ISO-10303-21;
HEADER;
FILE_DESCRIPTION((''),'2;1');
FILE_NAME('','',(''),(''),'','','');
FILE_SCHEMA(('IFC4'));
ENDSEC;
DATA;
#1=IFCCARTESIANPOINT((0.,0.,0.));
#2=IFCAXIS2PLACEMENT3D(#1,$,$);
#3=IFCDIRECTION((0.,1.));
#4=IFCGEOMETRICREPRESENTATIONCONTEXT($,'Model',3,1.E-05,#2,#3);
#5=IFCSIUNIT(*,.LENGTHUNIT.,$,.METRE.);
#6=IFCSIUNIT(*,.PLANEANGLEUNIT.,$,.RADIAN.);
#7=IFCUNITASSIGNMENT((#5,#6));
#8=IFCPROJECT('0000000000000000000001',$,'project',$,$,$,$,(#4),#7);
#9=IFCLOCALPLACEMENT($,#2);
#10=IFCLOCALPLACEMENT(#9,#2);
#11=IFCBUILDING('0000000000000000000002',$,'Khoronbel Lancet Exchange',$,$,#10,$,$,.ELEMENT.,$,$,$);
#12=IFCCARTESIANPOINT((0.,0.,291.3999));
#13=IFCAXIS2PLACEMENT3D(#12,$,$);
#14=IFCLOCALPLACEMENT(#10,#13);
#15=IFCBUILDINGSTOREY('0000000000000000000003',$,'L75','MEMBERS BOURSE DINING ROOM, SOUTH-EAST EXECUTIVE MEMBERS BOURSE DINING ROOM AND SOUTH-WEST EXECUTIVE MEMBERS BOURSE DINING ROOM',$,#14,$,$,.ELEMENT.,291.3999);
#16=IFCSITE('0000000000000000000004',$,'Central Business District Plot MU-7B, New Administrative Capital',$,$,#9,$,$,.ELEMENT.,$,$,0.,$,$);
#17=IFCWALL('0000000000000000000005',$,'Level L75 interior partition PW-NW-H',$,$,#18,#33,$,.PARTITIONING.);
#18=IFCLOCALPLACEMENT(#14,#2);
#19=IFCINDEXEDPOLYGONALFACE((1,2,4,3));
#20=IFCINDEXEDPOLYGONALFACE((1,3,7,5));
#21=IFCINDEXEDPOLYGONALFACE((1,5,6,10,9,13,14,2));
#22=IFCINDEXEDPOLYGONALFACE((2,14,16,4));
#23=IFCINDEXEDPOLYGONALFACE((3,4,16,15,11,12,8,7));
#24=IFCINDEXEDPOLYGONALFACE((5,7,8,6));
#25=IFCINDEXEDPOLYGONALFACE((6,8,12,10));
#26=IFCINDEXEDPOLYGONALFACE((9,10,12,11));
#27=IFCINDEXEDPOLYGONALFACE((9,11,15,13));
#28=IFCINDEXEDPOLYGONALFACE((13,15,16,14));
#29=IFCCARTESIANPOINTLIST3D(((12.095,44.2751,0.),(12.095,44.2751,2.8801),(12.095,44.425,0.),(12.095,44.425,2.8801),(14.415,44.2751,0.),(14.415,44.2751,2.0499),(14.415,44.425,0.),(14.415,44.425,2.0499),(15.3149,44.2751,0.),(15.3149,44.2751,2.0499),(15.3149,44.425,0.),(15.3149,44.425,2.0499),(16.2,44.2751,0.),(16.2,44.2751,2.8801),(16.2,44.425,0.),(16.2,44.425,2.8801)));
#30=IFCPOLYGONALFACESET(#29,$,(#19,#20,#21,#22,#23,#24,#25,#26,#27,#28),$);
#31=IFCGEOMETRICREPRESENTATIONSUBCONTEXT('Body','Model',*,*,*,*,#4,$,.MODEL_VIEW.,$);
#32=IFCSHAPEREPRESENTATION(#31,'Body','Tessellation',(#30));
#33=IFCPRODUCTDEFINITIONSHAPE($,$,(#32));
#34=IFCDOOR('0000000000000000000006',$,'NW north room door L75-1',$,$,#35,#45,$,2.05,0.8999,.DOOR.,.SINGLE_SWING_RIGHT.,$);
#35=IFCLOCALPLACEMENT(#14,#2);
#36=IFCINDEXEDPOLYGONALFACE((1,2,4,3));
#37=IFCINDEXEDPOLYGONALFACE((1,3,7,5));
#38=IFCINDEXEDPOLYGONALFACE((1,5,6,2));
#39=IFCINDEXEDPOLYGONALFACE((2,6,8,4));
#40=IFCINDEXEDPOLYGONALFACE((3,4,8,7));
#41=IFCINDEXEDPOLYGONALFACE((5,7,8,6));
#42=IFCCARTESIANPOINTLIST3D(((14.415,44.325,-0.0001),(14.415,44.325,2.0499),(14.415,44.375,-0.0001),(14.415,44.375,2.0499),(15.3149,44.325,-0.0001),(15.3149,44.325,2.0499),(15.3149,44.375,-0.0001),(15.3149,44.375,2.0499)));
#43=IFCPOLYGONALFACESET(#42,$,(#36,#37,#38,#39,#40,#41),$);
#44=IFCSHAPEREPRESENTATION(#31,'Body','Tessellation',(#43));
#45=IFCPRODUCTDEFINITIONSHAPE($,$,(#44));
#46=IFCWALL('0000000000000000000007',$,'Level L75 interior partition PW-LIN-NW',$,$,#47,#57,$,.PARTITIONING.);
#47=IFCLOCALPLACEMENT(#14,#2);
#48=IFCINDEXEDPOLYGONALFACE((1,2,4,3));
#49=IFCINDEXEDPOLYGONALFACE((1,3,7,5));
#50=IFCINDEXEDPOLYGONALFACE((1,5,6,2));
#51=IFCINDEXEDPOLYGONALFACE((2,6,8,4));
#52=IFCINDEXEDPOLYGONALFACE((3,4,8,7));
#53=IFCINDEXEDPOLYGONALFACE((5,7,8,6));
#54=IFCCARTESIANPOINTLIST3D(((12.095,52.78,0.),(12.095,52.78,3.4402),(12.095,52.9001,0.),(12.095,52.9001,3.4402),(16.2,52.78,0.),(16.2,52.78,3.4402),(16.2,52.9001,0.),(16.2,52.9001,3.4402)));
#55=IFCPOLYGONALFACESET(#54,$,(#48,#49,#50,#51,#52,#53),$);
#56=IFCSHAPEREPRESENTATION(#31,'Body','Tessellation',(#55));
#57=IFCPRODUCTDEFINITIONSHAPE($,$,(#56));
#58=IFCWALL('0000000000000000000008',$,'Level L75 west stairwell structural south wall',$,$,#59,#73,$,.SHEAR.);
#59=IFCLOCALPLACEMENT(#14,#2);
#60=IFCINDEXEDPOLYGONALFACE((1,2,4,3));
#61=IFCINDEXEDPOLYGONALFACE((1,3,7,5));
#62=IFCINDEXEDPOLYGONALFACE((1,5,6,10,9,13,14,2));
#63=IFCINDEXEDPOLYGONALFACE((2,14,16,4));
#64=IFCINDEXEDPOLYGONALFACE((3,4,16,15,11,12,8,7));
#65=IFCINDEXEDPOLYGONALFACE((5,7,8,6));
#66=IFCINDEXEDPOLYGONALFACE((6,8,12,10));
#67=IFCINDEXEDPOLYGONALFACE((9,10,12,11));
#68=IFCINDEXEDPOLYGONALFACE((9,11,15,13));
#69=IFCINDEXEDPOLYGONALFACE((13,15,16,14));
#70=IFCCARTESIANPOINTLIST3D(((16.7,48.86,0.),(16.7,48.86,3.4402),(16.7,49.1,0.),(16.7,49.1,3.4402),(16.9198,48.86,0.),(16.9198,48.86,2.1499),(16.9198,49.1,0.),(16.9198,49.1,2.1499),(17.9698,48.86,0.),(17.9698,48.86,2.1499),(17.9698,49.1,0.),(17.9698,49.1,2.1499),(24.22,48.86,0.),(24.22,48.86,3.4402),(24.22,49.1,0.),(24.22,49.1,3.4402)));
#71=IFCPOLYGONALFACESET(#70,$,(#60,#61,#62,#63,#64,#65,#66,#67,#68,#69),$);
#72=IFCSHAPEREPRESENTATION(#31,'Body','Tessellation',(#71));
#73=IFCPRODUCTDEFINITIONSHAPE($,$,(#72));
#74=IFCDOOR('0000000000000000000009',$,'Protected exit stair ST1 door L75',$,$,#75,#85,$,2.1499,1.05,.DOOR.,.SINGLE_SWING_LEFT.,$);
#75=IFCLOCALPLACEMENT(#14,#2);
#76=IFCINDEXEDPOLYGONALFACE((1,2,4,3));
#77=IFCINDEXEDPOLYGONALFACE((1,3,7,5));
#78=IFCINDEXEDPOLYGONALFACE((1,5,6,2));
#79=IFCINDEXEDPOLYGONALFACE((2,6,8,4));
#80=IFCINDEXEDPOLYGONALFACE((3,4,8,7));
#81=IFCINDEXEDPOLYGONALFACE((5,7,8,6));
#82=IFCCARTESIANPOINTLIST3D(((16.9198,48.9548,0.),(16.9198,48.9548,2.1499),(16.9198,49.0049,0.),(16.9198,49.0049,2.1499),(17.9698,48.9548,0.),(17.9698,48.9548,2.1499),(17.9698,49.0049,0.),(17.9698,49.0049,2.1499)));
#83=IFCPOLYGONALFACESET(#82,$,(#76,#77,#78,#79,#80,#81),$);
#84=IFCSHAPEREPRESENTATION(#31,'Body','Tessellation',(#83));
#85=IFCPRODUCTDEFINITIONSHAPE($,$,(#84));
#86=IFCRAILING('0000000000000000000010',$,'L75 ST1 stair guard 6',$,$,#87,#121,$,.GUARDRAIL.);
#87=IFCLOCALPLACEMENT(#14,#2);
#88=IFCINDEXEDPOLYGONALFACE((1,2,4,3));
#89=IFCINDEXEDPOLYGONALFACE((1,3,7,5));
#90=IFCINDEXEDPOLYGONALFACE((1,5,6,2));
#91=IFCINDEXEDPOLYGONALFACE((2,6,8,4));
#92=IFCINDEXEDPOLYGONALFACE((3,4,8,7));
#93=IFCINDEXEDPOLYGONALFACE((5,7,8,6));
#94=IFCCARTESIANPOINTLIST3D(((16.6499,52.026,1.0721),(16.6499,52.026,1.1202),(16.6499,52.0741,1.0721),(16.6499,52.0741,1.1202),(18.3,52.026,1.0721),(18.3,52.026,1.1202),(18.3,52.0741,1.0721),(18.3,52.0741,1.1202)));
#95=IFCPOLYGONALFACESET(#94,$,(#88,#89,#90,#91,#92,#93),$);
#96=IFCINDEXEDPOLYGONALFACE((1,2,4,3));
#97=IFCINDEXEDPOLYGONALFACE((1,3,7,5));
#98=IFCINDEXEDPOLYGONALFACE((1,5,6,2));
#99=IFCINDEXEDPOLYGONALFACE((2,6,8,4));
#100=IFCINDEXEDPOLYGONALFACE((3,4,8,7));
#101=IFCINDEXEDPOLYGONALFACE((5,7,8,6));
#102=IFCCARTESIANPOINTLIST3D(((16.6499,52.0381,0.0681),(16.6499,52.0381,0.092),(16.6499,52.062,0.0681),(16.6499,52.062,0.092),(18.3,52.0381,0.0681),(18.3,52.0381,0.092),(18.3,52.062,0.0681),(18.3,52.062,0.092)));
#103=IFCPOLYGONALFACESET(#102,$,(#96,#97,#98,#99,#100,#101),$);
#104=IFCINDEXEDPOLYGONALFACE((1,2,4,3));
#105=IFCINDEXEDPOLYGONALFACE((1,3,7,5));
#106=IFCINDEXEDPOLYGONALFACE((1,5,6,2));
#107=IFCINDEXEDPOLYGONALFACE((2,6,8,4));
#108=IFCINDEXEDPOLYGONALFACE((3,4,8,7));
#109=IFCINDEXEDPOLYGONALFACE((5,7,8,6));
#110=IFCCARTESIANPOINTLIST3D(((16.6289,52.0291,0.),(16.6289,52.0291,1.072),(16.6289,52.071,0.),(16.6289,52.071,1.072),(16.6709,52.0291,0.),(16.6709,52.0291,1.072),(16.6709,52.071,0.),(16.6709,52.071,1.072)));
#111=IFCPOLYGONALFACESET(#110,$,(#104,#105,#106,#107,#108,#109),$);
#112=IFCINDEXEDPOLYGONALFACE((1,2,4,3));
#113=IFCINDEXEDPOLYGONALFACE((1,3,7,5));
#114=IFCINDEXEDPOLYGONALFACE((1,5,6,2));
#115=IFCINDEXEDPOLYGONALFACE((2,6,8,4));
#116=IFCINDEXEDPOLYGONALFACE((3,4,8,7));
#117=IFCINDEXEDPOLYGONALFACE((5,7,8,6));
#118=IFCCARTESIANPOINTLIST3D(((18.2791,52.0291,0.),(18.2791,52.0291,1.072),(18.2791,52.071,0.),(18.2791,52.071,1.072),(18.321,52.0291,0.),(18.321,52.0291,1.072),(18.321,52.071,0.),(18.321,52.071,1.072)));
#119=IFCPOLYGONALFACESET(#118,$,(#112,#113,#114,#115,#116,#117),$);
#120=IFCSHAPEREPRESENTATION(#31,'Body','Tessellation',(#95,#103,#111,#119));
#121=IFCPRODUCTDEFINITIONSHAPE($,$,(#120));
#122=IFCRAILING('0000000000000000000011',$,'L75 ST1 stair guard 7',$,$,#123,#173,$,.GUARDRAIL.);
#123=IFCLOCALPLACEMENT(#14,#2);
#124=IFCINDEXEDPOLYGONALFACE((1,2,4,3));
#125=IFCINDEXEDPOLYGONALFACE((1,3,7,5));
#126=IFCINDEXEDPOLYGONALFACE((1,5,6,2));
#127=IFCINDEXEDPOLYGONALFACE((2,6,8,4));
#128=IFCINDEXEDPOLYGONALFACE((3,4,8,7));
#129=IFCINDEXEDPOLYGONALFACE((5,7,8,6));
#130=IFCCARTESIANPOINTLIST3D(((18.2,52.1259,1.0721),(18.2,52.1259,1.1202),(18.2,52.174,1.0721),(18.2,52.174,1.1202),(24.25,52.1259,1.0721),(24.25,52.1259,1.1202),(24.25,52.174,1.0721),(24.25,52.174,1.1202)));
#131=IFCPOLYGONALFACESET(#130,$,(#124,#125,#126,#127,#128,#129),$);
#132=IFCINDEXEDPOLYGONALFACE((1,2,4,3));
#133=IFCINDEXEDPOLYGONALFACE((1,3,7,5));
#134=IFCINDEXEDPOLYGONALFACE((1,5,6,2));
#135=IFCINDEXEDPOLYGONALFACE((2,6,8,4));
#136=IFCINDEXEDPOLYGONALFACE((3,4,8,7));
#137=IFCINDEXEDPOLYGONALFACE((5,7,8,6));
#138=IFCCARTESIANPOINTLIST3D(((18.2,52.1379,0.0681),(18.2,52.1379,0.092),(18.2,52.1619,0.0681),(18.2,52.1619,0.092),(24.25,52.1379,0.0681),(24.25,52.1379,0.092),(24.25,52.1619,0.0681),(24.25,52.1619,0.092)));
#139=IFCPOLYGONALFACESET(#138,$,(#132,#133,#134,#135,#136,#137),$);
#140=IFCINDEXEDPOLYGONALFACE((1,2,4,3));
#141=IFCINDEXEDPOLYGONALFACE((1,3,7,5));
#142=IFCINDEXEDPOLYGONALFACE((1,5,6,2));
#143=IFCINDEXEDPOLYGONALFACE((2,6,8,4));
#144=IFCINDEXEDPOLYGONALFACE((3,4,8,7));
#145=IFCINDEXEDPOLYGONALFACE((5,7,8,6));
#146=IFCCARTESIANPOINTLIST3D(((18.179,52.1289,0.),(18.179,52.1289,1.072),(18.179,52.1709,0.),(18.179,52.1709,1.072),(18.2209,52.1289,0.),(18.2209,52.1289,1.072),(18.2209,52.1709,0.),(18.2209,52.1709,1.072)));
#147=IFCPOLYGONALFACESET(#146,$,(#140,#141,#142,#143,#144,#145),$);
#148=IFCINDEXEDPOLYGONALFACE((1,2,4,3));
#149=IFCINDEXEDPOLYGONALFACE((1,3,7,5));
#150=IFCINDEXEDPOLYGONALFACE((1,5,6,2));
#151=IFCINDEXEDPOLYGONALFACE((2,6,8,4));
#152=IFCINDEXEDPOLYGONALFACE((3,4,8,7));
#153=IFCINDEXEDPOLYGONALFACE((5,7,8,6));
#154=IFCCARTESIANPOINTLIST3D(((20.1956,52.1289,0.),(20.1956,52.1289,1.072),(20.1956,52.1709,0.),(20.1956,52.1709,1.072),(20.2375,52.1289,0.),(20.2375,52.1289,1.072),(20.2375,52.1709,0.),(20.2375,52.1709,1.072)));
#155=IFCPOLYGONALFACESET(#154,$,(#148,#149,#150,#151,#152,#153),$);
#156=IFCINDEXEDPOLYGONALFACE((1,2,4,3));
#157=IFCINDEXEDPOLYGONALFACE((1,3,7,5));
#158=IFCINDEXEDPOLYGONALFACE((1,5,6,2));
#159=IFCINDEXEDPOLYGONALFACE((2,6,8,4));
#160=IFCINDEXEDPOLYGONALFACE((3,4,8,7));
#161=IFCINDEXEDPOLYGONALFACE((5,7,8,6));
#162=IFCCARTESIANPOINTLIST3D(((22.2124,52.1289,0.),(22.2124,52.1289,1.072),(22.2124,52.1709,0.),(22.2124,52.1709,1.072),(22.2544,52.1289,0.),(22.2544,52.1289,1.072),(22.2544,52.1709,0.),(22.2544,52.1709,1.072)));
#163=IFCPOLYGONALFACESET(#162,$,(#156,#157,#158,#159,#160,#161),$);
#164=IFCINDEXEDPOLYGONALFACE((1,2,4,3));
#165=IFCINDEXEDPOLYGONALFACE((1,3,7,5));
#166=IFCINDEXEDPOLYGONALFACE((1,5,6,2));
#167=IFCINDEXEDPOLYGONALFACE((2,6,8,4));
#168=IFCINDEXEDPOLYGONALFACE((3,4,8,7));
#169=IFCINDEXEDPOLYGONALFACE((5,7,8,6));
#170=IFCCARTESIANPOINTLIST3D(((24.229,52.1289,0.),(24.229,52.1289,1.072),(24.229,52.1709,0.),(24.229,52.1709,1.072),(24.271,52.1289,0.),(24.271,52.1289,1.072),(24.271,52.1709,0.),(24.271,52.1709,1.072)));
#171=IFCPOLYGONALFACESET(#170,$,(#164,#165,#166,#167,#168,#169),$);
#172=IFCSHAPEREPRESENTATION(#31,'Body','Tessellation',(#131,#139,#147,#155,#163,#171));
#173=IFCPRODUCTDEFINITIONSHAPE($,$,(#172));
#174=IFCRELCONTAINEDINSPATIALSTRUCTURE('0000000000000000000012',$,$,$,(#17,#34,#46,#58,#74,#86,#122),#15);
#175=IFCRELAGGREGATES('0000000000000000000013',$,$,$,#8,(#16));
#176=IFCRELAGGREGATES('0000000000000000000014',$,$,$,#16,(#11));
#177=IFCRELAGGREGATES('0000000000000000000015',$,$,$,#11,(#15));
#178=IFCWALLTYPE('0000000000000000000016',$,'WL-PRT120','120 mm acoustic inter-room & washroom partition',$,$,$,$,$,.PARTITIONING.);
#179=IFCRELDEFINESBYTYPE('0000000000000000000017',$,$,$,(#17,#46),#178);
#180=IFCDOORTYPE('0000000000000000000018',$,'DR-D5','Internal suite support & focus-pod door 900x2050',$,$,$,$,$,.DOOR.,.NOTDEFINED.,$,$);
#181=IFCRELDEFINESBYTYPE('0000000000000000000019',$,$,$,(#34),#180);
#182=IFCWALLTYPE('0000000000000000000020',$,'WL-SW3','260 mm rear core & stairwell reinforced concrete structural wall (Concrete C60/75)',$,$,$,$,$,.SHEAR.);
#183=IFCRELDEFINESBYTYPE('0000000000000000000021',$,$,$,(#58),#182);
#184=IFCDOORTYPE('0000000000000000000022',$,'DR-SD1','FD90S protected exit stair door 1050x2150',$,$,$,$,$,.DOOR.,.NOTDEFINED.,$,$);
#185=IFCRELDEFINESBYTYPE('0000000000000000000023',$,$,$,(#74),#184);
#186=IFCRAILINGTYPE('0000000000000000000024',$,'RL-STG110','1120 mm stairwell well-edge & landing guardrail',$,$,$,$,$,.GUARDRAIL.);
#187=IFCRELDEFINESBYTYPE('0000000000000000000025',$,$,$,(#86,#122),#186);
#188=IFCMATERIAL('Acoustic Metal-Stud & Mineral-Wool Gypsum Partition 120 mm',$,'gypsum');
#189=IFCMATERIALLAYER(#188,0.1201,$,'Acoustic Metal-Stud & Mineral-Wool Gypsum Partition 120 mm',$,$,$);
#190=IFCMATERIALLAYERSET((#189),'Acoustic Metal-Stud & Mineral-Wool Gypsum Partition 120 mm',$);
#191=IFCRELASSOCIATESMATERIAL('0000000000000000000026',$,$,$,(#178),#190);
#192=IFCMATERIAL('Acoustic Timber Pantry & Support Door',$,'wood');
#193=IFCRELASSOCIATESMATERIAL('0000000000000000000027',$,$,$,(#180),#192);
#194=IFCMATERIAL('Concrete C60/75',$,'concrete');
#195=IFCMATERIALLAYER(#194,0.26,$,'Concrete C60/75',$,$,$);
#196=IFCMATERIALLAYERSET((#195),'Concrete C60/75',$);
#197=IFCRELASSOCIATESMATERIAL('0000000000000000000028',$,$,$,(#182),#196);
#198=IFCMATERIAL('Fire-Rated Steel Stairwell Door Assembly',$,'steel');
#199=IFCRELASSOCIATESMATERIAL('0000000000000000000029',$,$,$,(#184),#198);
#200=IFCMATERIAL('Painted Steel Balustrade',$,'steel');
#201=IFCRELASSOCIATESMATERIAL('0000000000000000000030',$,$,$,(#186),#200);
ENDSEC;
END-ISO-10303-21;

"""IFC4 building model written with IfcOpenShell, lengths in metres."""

from ifc_helpers import new_model, si_unit, direction, frame, frame_2d, origin, origin_2d, place, context, subcontext, project, spatial, rectangle, extrude, material, layer, layer_set, type_object, element, fill, save


model = new_model("IFC4")

# Units and contexts
model_context = context("Model", 3, precision=1e-05, world=origin(), true_north=direction((0.0, 1.0)))
body_context = subcontext(model_context, "Body", "Model", "MODEL_VIEW")
ifc_project = project(units=[si_unit("LENGTHUNIT", "METRE"), si_unit("PLANEANGLEUNIT", "RADIAN")], contexts=[model_context])

# Site, building, storey
site_placement = place(None, origin())
site = spatial("IfcSite", under=ifc_project, at=site_placement, Name="Central Business District Plot MU-7B, New Administrative Capital", CompositionType="ELEMENT", RefElevation=0.0)
building_placement = place(site_placement, origin())
building = spatial("IfcBuilding", under=site, at=building_placement, Name="Khoronbel Lancet Exchange", CompositionType="ELEMENT")
storey_placement = place(building_placement, frame((0.0, 0.0, 291.3999)))
storey = spatial("IfcBuildingStorey", under=building, at=storey_placement, Name="L75", Description="MEMBERS BOURSE DINING ROOM, SOUTH-EAST EXECUTIVE MEMBERS BOURSE DINING ROOM AND SOUTH-WEST EXECUTIVE MEMBERS BOURSE DINING ROOM", CompositionType="ELEMENT", Elevation=291.3999)

# Shared definitions
ifc_material_1 = material(Name="Concrete C60/75", Category="concrete")

# Wall, opening, door
ifc_material_2 = material(Name="Acoustic Metal-Stud & Mineral-Wool Gypsum Partition 120 mm", Category="gypsum")
ifc_layer_1 = layer(ifc_material_2, 0.1201, Name="Acoustic Metal-Stud & Mineral-Wool Gypsum Partition 120 mm")
ifc_layer_set_1 = layer_set([ifc_layer_1], Name="Acoustic Metal-Stud & Mineral-Wool Gypsum Partition 120 mm")
wall_type_1 = type_object("IfcWallType", Name="WL-PRT120", Description="120 mm acoustic inter-room & washroom partition", PredefinedType="PARTITIONING", material=ifc_layer_set_1)
wall_1_placement = place(storey_placement, frame((12.095, 44.3501, 0.0), z_axis=(0.0, 0.0, 1.0), x_axis=(1.0, 0.0, 0.0)))
wall_1 = element("IfcWall", 1, at=wall_1_placement, inside=storey, type_object=wall_type_1, Name="Level L75 interior partition PW-NW-H", PredefinedType="PARTITIONING", context=body_context, shape_type="SweptSolid", body=[
    extrude(rectangle(XDim=4.105, YDim=0.1499, at=frame_2d((2.0525, 0.0))), origin(), (0.0, 0.0, 1.0), 2.8801),
])
opening_1_placement = place(wall_1_placement, frame((2.3201, 0.0, 0.0)))
opening_1 = element("IfcOpeningElement", 2, at=opening_1_placement, cuts=wall_1, PredefinedType="OPENING", context=body_context, shape_type="SweptSolid", body=[
    extrude(rectangle(XDim=0.8999, YDim=2.05, at=frame_2d((0.45, 1.0249))), frame((0.0, 0.085, 0.0), z_axis=(0.0, -1.0, 0.0), x_axis=(1.0, 0.0, 0.0)), (0.0, 0.0, 1.0), 0.1699),
])
ifc_material_3 = material(Name="Acoustic Timber Pantry & Support Door", Category="wood")
door_type_1 = type_object("IfcDoorType", Name="DR-D5", Description="Internal suite support & focus-pod door 900x2050", OperationType="NOTDEFINED", PredefinedType="DOOR", material=ifc_material_3)
door_1_placement = place(opening_1_placement, origin())
door_1 = element("IfcDoor", 3, at=door_1_placement, inside=storey, type_object=door_type_1, Name="NW north room door L75-1", OperationType="SINGLE_SWING_RIGHT", OverallHeight=2.05, OverallWidth=0.8999, PredefinedType="DOOR", context=body_context, shape_type="SweptSolid", body=[
    extrude(rectangle(XDim=0.8999, YDim=2.05, at=frame_2d((0.45, 1.0249))), frame((0.0, 0.0249, 0.0), z_axis=(0.0, -1.0, 0.0), x_axis=(1.0, 0.0, 0.0)), (0.0, 0.0, 1.0), 0.05),
])
fill(opening_1, door_1)

# Wall
wall_2_placement = place(storey_placement, frame((12.095, 52.8401, 0.0), z_axis=(0.0, 0.0, 1.0), x_axis=(1.0, 0.0, 0.0)))
element("IfcWall", 4, at=wall_2_placement, inside=storey, type_object=wall_type_1, Name="Level L75 interior partition PW-LIN-NW", PredefinedType="PARTITIONING", context=body_context, shape_type="SweptSolid", body=[
    extrude(rectangle(XDim=4.105, YDim=0.1201, at=frame_2d((2.0525, 0.0))), origin(), (0.0, 0.0, 1.0), 3.4402),
])

# Wall, opening, door
ifc_layer_2 = layer(ifc_material_1, 0.26, Name="Concrete C60/75")
ifc_layer_set_2 = layer_set([ifc_layer_2], Name="Concrete C60/75")
wall_type_2 = type_object("IfcWallType", Name="WL-SW3", Description="260 mm rear core & stairwell reinforced concrete structural wall (Concrete C60/75)", PredefinedType="SHEAR", material=ifc_layer_set_2)
wall_3_placement = place(storey_placement, frame((16.7, 48.98, 0.0), z_axis=(0.0, 0.0, 1.0), x_axis=(1.0, 0.0, 0.0)))
wall_3 = element("IfcWall", 5, at=wall_3_placement, inside=storey, type_object=wall_type_2, Name="Level L75 west stairwell structural south wall", PredefinedType="SHEAR", context=body_context, shape_type="SweptSolid", body=[
    extrude(rectangle(XDim=7.52, YDim=0.24, at=frame_2d((3.76, 0.0))), origin(), (0.0, 0.0, 1.0), 3.4402),
])
opening_2_placement = place(wall_3_placement, frame((0.22, 0.0, 0.0)))
opening_2 = element("IfcOpeningElement", 6, at=opening_2_placement, cuts=wall_3, PredefinedType="OPENING", context=body_context, shape_type="SweptSolid", body=[
    extrude(rectangle(XDim=1.05, YDim=2.1499, at=frame_2d((0.5249, 1.075))), frame((0.0, 0.1299, 0.0), z_axis=(0.0, -1.0, 0.0), x_axis=(1.0, 0.0, 0.0)), (0.0, 0.0, 1.0), 0.26),
])
ifc_material_4 = material(Name="Fire-Rated Steel Stairwell Door Assembly", Category="steel")
door_type_2 = type_object("IfcDoorType", Name="DR-SD1", Description="FD90S protected exit stair door 1050x2150", OperationType="NOTDEFINED", PredefinedType="DOOR", material=ifc_material_4)
door_2_placement = place(opening_2_placement, origin())
door_2 = element("IfcDoor", 7, at=door_2_placement, inside=storey, type_object=door_type_2, Name="Protected exit stair ST1 door L75", OperationType="SINGLE_SWING_LEFT", OverallHeight=2.1499, OverallWidth=1.05, PredefinedType="DOOR", context=body_context, shape_type="SweptSolid", body=[
    extrude(rectangle(XDim=1.05, YDim=2.1499, at=frame_2d((0.5249, 1.075))), frame((0.0, 0.0249, 0.0), z_axis=(0.0, -1.0, 0.0), x_axis=(1.0, 0.0, 0.0)), (0.0, 0.0, 1.0), 0.05),
])
fill(opening_2, door_2)

# Railings
ifc_material_5 = material(Name="Painted Steel Balustrade", Category="steel")
railing_type = type_object("IfcRailingType", Name="RL-STG110", Description="1120 mm stairwell well-edge & landing guardrail", PredefinedType="GUARDRAIL", material=ifc_material_5)
railing_1_placement = place(storey_placement, frame((16.6499, 52.05, 0.0)))
element("IfcRailing", 8, at=railing_1_placement, inside=storey, type_object=railing_type, Name="L75 ST1 stair guard 6", PredefinedType="GUARDRAIL", context=body_context, shape_type="SweptSolid", body=[
    extrude(rectangle(XDim=0.0481, YDim=0.0481, at=origin_2d()), frame((0.0, 0.0, 1.0962), z_axis=(1.0, 0.0, 0.0), x_axis=(0.0, 1.0, 0.0)), (0.0, 0.0, 1.0), 1.6501),
    extrude(rectangle(XDim=0.0239, YDim=0.0239, at=origin_2d()), frame((0.0, 0.0, 0.0801), z_axis=(1.0, 0.0, 0.0), x_axis=(0.0, 1.0, 0.0)), (0.0, 0.0, 1.0), 1.6501),
    extrude(rectangle(XDim=0.042, YDim=0.042, at=origin_2d()), origin(), (0.0, 0.0, 1.0), 1.072),
    extrude(rectangle(XDim=0.042, YDim=0.042, at=origin_2d()), frame((1.6501, 0.0, 0.0)), (0.0, 0.0, 1.0), 1.072),
])
railing_2_placement = place(storey_placement, frame((18.2, 52.1499, 0.0)))
element("IfcRailing", 9, at=railing_2_placement, inside=storey, type_object=railing_type, Name="L75 ST1 stair guard 7", PredefinedType="GUARDRAIL", context=body_context, shape_type="SweptSolid", body=[
    extrude(rectangle(XDim=0.0481, YDim=0.0481, at=origin_2d()), frame((0.0, 0.0, 1.0962), z_axis=(1.0, 0.0, 0.0), x_axis=(0.0, 1.0, 0.0)), (0.0, 0.0, 1.0), 6.05),
    extrude(rectangle(XDim=0.0239, YDim=0.0239, at=origin_2d()), frame((0.0, 0.0, 0.0801), z_axis=(1.0, 0.0, 0.0), x_axis=(0.0, 1.0, 0.0)), (0.0, 0.0, 1.0), 6.05),
    extrude(rectangle(XDim=0.042, YDim=0.042, at=origin_2d()), origin(), (0.0, 0.0, 1.0), 1.072),
    extrude(rectangle(XDim=0.042, YDim=0.042, at=origin_2d()), frame((2.0166, 0.0, 0.0)), (0.0, 0.0, 1.0), 1.072),
    extrude(rectangle(XDim=0.042, YDim=0.042, at=origin_2d()), frame((4.0334, 0.0, 0.0)), (0.0, 0.0, 1.0), 1.072),
    extrude(rectangle(XDim=0.042, YDim=0.042, at=origin_2d()), frame((6.05, 0.0, 0.0)), (0.0, 0.0, 1.0), 1.072),
])

save(model, "model.ifc")
